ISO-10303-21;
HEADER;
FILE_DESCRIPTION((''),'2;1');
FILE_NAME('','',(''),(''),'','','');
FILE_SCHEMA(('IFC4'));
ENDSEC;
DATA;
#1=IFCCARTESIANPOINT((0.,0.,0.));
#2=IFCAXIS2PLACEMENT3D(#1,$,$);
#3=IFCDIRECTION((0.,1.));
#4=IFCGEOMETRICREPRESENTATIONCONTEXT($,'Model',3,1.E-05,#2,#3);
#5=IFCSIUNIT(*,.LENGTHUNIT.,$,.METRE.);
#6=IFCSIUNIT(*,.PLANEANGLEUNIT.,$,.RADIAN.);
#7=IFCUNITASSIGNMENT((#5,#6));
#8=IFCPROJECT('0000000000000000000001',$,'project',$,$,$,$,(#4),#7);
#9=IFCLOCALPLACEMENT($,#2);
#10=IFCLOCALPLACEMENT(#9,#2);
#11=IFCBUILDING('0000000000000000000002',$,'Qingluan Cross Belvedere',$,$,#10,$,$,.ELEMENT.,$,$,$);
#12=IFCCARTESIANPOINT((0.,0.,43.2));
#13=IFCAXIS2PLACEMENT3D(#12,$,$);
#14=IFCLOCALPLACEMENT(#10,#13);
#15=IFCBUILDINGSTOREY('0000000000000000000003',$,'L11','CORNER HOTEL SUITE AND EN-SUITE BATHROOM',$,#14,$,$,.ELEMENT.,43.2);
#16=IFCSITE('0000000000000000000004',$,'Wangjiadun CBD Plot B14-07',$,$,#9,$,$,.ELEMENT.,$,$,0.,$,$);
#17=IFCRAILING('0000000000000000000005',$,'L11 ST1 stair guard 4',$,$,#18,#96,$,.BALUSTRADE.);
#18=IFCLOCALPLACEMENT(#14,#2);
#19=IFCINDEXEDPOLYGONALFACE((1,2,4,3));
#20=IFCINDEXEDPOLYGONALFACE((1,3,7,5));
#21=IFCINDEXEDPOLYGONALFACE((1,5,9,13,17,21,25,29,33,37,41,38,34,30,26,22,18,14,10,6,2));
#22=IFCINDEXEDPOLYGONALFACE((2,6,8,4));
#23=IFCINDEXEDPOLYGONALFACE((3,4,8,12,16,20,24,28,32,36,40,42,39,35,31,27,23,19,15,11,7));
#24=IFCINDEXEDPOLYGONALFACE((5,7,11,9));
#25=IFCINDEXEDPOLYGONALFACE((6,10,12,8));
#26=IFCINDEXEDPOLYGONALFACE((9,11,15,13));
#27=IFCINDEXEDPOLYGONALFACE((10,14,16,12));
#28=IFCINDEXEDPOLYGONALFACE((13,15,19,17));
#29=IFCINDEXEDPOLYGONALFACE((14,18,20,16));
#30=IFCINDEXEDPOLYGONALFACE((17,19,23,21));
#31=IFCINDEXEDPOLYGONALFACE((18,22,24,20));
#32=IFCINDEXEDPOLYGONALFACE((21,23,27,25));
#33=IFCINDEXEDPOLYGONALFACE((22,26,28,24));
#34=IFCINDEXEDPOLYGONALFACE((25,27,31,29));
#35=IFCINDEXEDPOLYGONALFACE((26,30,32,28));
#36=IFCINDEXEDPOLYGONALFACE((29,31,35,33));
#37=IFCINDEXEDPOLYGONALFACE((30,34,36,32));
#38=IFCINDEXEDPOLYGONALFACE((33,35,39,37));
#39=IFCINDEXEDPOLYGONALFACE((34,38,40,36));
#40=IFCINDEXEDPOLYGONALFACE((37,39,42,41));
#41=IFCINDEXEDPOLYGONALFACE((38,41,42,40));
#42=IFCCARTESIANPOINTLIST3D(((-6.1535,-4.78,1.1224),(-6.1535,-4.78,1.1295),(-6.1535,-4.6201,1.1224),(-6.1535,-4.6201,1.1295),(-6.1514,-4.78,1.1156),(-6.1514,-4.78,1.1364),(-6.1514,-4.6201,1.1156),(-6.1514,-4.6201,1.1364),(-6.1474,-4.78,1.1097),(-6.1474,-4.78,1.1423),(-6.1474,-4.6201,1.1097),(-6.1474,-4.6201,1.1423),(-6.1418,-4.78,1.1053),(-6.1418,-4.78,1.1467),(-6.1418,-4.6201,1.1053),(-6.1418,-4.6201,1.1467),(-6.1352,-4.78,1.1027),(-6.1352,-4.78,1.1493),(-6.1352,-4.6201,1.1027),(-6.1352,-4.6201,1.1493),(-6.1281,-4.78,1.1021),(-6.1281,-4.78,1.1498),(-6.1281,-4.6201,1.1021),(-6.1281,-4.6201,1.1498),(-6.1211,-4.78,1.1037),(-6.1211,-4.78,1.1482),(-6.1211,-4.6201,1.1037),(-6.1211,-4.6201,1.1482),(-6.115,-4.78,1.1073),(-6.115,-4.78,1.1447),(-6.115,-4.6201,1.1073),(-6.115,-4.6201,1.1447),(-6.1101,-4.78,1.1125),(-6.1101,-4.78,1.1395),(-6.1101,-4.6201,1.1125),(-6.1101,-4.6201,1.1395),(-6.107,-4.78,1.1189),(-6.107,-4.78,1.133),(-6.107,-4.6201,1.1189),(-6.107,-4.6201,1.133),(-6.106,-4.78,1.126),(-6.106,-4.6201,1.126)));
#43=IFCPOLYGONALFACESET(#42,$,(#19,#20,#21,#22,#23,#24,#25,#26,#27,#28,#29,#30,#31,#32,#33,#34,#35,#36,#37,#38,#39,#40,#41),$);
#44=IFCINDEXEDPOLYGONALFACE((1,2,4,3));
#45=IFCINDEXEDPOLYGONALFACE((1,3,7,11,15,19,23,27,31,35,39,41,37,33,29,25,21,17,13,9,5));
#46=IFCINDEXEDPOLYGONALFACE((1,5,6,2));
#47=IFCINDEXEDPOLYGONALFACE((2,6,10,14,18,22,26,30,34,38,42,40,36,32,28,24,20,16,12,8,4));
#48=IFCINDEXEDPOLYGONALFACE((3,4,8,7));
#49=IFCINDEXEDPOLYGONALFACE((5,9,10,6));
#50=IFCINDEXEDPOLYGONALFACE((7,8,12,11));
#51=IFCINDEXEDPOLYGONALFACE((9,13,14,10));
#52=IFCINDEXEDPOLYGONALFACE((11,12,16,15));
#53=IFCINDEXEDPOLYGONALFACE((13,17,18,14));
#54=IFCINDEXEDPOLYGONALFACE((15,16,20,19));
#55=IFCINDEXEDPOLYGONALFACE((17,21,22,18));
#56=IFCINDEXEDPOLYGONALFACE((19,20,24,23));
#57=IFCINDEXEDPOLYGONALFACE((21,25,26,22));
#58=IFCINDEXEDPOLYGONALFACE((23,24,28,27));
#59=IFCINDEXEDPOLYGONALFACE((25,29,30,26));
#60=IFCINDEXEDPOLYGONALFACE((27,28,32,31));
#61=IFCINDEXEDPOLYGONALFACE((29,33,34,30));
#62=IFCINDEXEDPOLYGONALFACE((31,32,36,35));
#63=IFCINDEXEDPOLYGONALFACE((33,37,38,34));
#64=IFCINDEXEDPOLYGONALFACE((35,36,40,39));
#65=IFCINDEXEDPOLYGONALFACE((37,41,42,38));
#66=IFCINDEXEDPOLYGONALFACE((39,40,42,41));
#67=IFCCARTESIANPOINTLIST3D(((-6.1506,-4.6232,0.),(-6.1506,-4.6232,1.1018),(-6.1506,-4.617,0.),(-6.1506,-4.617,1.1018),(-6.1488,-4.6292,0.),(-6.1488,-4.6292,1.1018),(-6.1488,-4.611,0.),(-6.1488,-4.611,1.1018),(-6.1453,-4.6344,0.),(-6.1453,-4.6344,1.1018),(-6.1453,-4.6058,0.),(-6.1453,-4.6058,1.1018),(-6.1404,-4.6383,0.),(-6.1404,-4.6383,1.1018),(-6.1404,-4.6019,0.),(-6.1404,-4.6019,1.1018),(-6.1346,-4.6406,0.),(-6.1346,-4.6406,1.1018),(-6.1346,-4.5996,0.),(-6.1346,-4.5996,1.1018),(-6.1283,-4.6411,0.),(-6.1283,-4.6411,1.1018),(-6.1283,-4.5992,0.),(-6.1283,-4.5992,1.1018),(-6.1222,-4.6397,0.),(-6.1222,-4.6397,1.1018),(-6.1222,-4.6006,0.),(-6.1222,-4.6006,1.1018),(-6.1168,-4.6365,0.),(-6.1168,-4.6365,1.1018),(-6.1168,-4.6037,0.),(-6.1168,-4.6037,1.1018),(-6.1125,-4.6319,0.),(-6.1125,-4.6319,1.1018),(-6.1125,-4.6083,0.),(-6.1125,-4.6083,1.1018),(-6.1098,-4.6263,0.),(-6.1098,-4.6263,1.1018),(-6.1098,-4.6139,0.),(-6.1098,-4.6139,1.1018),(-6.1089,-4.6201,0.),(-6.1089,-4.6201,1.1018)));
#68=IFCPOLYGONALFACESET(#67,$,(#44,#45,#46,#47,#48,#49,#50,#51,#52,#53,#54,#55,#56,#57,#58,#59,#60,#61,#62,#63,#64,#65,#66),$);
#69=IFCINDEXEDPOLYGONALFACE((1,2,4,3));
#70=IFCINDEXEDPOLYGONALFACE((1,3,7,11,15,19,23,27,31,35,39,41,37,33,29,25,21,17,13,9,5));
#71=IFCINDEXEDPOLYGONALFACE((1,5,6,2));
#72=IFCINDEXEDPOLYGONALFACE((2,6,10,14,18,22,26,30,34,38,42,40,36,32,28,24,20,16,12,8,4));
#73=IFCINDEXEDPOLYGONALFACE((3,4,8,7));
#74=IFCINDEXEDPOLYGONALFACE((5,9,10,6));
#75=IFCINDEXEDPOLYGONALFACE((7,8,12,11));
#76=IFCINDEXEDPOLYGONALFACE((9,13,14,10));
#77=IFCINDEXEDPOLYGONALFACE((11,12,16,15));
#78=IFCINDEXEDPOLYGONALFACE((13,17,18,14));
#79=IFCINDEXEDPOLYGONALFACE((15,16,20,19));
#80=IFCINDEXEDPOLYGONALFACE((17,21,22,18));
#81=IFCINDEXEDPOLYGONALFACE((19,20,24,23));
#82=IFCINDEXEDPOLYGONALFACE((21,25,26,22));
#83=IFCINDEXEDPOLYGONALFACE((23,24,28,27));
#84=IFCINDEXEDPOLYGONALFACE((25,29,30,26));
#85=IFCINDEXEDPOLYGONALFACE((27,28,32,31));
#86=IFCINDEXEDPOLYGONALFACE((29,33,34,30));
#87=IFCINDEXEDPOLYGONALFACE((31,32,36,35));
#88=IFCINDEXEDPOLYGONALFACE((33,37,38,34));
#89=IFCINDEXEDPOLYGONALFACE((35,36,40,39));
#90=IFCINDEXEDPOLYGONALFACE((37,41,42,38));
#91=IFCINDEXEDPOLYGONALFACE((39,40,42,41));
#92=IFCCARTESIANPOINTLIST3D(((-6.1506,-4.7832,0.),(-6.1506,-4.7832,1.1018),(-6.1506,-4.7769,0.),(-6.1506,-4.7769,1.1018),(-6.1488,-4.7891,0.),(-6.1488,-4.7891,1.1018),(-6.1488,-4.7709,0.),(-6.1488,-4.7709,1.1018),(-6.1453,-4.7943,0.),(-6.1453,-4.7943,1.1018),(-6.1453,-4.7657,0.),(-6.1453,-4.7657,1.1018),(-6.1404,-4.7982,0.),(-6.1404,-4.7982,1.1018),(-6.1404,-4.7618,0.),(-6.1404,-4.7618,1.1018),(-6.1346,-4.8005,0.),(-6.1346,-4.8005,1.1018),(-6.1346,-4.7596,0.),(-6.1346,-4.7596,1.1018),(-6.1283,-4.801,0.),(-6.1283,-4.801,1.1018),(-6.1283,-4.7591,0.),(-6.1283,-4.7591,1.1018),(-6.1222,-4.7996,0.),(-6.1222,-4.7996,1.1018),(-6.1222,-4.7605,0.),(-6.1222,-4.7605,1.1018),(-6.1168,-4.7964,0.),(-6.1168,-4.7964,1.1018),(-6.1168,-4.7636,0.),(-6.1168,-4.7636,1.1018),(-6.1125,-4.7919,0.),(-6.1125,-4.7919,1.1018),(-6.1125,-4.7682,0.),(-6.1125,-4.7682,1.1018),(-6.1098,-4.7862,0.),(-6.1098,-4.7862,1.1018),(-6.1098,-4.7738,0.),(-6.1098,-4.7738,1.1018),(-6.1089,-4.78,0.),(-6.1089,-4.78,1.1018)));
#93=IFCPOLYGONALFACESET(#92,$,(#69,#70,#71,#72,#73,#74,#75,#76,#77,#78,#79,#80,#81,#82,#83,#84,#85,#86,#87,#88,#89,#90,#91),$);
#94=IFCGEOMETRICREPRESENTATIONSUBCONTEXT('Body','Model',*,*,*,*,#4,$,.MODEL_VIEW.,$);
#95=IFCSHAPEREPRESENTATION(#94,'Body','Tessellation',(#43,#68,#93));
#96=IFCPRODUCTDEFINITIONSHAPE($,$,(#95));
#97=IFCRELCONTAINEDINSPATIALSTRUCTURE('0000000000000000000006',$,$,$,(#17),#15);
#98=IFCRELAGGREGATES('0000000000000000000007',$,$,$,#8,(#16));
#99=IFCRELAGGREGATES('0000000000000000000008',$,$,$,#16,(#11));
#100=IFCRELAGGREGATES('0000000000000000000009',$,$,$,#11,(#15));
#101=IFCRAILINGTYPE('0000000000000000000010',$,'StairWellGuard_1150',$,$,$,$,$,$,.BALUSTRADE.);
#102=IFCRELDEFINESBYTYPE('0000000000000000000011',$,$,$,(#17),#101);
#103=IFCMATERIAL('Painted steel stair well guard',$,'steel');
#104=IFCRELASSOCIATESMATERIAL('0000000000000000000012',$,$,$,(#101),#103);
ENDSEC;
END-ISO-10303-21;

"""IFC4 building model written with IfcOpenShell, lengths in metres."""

from ifc_helpers import new_model, si_unit, direction, frame, origin, origin_2d, place, context, subcontext, project, spatial, circle, extrude, material, type_object, element, save


model = new_model("IFC4")

# Units and contexts
model_context = context("Model", 3, precision=1e-05, world=origin(), true_north=direction((0.0, 1.0)))
body_context = subcontext(model_context, "Body", "Model", "MODEL_VIEW")
ifc_project = project(units=[si_unit("LENGTHUNIT", "METRE"), si_unit("PLANEANGLEUNIT", "RADIAN")], contexts=[model_context])

# Site, building, storey
site_placement = place(None, origin())
site = spatial("IfcSite", under=ifc_project, at=site_placement, Name="Wangjiadun CBD Plot B14-07", CompositionType="ELEMENT", RefElevation=0.0)
building_placement = place(site_placement, origin())
building = spatial("IfcBuilding", under=site, at=building_placement, Name="Qingluan Cross Belvedere", CompositionType="ELEMENT")
storey_placement = place(building_placement, frame((0.0, 0.0, 43.2)))
storey = spatial("IfcBuildingStorey", under=building, at=storey_placement, Name="L11", Description="CORNER HOTEL SUITE AND EN-SUITE BATHROOM", CompositionType="ELEMENT", Elevation=43.2)

# Railing
ifc_material_1 = material(Name="Painted steel stair well guard", Category="steel")
railing_type_1 = type_object("IfcRailingType", Name="StairWellGuard_1150", PredefinedType="BALUSTRADE", material=ifc_material_1)
railing_1_placement = place(storey_placement, frame((-6.1299, -4.6201, 0.0)))
element("IfcRailing", 1, at=railing_1_placement, inside=storey, type_object=railing_type_1, Name="L11 ST1 stair guard 4", PredefinedType="BALUSTRADE", context=body_context, shape_type="SweptSolid", body=[
    extrude(circle(Radius=0.0239, at=origin_2d()), frame((0.0, 0.0, 1.126), z_axis=(0.0, -1.0, 0.0), x_axis=(1.0, 0.0, 0.0)), (0.0, 0.0, 1.0), 0.1599),
    extrude(circle(Radius=0.021, at=origin_2d()), origin(), (0.0, 0.0, 1.0), 1.1018),
    extrude(circle(Radius=0.021, at=origin_2d()), frame((0.0, -0.1599, 0.0)), (0.0, 0.0, 1.0), 1.1018),
])

save(model, "model.ifc")
